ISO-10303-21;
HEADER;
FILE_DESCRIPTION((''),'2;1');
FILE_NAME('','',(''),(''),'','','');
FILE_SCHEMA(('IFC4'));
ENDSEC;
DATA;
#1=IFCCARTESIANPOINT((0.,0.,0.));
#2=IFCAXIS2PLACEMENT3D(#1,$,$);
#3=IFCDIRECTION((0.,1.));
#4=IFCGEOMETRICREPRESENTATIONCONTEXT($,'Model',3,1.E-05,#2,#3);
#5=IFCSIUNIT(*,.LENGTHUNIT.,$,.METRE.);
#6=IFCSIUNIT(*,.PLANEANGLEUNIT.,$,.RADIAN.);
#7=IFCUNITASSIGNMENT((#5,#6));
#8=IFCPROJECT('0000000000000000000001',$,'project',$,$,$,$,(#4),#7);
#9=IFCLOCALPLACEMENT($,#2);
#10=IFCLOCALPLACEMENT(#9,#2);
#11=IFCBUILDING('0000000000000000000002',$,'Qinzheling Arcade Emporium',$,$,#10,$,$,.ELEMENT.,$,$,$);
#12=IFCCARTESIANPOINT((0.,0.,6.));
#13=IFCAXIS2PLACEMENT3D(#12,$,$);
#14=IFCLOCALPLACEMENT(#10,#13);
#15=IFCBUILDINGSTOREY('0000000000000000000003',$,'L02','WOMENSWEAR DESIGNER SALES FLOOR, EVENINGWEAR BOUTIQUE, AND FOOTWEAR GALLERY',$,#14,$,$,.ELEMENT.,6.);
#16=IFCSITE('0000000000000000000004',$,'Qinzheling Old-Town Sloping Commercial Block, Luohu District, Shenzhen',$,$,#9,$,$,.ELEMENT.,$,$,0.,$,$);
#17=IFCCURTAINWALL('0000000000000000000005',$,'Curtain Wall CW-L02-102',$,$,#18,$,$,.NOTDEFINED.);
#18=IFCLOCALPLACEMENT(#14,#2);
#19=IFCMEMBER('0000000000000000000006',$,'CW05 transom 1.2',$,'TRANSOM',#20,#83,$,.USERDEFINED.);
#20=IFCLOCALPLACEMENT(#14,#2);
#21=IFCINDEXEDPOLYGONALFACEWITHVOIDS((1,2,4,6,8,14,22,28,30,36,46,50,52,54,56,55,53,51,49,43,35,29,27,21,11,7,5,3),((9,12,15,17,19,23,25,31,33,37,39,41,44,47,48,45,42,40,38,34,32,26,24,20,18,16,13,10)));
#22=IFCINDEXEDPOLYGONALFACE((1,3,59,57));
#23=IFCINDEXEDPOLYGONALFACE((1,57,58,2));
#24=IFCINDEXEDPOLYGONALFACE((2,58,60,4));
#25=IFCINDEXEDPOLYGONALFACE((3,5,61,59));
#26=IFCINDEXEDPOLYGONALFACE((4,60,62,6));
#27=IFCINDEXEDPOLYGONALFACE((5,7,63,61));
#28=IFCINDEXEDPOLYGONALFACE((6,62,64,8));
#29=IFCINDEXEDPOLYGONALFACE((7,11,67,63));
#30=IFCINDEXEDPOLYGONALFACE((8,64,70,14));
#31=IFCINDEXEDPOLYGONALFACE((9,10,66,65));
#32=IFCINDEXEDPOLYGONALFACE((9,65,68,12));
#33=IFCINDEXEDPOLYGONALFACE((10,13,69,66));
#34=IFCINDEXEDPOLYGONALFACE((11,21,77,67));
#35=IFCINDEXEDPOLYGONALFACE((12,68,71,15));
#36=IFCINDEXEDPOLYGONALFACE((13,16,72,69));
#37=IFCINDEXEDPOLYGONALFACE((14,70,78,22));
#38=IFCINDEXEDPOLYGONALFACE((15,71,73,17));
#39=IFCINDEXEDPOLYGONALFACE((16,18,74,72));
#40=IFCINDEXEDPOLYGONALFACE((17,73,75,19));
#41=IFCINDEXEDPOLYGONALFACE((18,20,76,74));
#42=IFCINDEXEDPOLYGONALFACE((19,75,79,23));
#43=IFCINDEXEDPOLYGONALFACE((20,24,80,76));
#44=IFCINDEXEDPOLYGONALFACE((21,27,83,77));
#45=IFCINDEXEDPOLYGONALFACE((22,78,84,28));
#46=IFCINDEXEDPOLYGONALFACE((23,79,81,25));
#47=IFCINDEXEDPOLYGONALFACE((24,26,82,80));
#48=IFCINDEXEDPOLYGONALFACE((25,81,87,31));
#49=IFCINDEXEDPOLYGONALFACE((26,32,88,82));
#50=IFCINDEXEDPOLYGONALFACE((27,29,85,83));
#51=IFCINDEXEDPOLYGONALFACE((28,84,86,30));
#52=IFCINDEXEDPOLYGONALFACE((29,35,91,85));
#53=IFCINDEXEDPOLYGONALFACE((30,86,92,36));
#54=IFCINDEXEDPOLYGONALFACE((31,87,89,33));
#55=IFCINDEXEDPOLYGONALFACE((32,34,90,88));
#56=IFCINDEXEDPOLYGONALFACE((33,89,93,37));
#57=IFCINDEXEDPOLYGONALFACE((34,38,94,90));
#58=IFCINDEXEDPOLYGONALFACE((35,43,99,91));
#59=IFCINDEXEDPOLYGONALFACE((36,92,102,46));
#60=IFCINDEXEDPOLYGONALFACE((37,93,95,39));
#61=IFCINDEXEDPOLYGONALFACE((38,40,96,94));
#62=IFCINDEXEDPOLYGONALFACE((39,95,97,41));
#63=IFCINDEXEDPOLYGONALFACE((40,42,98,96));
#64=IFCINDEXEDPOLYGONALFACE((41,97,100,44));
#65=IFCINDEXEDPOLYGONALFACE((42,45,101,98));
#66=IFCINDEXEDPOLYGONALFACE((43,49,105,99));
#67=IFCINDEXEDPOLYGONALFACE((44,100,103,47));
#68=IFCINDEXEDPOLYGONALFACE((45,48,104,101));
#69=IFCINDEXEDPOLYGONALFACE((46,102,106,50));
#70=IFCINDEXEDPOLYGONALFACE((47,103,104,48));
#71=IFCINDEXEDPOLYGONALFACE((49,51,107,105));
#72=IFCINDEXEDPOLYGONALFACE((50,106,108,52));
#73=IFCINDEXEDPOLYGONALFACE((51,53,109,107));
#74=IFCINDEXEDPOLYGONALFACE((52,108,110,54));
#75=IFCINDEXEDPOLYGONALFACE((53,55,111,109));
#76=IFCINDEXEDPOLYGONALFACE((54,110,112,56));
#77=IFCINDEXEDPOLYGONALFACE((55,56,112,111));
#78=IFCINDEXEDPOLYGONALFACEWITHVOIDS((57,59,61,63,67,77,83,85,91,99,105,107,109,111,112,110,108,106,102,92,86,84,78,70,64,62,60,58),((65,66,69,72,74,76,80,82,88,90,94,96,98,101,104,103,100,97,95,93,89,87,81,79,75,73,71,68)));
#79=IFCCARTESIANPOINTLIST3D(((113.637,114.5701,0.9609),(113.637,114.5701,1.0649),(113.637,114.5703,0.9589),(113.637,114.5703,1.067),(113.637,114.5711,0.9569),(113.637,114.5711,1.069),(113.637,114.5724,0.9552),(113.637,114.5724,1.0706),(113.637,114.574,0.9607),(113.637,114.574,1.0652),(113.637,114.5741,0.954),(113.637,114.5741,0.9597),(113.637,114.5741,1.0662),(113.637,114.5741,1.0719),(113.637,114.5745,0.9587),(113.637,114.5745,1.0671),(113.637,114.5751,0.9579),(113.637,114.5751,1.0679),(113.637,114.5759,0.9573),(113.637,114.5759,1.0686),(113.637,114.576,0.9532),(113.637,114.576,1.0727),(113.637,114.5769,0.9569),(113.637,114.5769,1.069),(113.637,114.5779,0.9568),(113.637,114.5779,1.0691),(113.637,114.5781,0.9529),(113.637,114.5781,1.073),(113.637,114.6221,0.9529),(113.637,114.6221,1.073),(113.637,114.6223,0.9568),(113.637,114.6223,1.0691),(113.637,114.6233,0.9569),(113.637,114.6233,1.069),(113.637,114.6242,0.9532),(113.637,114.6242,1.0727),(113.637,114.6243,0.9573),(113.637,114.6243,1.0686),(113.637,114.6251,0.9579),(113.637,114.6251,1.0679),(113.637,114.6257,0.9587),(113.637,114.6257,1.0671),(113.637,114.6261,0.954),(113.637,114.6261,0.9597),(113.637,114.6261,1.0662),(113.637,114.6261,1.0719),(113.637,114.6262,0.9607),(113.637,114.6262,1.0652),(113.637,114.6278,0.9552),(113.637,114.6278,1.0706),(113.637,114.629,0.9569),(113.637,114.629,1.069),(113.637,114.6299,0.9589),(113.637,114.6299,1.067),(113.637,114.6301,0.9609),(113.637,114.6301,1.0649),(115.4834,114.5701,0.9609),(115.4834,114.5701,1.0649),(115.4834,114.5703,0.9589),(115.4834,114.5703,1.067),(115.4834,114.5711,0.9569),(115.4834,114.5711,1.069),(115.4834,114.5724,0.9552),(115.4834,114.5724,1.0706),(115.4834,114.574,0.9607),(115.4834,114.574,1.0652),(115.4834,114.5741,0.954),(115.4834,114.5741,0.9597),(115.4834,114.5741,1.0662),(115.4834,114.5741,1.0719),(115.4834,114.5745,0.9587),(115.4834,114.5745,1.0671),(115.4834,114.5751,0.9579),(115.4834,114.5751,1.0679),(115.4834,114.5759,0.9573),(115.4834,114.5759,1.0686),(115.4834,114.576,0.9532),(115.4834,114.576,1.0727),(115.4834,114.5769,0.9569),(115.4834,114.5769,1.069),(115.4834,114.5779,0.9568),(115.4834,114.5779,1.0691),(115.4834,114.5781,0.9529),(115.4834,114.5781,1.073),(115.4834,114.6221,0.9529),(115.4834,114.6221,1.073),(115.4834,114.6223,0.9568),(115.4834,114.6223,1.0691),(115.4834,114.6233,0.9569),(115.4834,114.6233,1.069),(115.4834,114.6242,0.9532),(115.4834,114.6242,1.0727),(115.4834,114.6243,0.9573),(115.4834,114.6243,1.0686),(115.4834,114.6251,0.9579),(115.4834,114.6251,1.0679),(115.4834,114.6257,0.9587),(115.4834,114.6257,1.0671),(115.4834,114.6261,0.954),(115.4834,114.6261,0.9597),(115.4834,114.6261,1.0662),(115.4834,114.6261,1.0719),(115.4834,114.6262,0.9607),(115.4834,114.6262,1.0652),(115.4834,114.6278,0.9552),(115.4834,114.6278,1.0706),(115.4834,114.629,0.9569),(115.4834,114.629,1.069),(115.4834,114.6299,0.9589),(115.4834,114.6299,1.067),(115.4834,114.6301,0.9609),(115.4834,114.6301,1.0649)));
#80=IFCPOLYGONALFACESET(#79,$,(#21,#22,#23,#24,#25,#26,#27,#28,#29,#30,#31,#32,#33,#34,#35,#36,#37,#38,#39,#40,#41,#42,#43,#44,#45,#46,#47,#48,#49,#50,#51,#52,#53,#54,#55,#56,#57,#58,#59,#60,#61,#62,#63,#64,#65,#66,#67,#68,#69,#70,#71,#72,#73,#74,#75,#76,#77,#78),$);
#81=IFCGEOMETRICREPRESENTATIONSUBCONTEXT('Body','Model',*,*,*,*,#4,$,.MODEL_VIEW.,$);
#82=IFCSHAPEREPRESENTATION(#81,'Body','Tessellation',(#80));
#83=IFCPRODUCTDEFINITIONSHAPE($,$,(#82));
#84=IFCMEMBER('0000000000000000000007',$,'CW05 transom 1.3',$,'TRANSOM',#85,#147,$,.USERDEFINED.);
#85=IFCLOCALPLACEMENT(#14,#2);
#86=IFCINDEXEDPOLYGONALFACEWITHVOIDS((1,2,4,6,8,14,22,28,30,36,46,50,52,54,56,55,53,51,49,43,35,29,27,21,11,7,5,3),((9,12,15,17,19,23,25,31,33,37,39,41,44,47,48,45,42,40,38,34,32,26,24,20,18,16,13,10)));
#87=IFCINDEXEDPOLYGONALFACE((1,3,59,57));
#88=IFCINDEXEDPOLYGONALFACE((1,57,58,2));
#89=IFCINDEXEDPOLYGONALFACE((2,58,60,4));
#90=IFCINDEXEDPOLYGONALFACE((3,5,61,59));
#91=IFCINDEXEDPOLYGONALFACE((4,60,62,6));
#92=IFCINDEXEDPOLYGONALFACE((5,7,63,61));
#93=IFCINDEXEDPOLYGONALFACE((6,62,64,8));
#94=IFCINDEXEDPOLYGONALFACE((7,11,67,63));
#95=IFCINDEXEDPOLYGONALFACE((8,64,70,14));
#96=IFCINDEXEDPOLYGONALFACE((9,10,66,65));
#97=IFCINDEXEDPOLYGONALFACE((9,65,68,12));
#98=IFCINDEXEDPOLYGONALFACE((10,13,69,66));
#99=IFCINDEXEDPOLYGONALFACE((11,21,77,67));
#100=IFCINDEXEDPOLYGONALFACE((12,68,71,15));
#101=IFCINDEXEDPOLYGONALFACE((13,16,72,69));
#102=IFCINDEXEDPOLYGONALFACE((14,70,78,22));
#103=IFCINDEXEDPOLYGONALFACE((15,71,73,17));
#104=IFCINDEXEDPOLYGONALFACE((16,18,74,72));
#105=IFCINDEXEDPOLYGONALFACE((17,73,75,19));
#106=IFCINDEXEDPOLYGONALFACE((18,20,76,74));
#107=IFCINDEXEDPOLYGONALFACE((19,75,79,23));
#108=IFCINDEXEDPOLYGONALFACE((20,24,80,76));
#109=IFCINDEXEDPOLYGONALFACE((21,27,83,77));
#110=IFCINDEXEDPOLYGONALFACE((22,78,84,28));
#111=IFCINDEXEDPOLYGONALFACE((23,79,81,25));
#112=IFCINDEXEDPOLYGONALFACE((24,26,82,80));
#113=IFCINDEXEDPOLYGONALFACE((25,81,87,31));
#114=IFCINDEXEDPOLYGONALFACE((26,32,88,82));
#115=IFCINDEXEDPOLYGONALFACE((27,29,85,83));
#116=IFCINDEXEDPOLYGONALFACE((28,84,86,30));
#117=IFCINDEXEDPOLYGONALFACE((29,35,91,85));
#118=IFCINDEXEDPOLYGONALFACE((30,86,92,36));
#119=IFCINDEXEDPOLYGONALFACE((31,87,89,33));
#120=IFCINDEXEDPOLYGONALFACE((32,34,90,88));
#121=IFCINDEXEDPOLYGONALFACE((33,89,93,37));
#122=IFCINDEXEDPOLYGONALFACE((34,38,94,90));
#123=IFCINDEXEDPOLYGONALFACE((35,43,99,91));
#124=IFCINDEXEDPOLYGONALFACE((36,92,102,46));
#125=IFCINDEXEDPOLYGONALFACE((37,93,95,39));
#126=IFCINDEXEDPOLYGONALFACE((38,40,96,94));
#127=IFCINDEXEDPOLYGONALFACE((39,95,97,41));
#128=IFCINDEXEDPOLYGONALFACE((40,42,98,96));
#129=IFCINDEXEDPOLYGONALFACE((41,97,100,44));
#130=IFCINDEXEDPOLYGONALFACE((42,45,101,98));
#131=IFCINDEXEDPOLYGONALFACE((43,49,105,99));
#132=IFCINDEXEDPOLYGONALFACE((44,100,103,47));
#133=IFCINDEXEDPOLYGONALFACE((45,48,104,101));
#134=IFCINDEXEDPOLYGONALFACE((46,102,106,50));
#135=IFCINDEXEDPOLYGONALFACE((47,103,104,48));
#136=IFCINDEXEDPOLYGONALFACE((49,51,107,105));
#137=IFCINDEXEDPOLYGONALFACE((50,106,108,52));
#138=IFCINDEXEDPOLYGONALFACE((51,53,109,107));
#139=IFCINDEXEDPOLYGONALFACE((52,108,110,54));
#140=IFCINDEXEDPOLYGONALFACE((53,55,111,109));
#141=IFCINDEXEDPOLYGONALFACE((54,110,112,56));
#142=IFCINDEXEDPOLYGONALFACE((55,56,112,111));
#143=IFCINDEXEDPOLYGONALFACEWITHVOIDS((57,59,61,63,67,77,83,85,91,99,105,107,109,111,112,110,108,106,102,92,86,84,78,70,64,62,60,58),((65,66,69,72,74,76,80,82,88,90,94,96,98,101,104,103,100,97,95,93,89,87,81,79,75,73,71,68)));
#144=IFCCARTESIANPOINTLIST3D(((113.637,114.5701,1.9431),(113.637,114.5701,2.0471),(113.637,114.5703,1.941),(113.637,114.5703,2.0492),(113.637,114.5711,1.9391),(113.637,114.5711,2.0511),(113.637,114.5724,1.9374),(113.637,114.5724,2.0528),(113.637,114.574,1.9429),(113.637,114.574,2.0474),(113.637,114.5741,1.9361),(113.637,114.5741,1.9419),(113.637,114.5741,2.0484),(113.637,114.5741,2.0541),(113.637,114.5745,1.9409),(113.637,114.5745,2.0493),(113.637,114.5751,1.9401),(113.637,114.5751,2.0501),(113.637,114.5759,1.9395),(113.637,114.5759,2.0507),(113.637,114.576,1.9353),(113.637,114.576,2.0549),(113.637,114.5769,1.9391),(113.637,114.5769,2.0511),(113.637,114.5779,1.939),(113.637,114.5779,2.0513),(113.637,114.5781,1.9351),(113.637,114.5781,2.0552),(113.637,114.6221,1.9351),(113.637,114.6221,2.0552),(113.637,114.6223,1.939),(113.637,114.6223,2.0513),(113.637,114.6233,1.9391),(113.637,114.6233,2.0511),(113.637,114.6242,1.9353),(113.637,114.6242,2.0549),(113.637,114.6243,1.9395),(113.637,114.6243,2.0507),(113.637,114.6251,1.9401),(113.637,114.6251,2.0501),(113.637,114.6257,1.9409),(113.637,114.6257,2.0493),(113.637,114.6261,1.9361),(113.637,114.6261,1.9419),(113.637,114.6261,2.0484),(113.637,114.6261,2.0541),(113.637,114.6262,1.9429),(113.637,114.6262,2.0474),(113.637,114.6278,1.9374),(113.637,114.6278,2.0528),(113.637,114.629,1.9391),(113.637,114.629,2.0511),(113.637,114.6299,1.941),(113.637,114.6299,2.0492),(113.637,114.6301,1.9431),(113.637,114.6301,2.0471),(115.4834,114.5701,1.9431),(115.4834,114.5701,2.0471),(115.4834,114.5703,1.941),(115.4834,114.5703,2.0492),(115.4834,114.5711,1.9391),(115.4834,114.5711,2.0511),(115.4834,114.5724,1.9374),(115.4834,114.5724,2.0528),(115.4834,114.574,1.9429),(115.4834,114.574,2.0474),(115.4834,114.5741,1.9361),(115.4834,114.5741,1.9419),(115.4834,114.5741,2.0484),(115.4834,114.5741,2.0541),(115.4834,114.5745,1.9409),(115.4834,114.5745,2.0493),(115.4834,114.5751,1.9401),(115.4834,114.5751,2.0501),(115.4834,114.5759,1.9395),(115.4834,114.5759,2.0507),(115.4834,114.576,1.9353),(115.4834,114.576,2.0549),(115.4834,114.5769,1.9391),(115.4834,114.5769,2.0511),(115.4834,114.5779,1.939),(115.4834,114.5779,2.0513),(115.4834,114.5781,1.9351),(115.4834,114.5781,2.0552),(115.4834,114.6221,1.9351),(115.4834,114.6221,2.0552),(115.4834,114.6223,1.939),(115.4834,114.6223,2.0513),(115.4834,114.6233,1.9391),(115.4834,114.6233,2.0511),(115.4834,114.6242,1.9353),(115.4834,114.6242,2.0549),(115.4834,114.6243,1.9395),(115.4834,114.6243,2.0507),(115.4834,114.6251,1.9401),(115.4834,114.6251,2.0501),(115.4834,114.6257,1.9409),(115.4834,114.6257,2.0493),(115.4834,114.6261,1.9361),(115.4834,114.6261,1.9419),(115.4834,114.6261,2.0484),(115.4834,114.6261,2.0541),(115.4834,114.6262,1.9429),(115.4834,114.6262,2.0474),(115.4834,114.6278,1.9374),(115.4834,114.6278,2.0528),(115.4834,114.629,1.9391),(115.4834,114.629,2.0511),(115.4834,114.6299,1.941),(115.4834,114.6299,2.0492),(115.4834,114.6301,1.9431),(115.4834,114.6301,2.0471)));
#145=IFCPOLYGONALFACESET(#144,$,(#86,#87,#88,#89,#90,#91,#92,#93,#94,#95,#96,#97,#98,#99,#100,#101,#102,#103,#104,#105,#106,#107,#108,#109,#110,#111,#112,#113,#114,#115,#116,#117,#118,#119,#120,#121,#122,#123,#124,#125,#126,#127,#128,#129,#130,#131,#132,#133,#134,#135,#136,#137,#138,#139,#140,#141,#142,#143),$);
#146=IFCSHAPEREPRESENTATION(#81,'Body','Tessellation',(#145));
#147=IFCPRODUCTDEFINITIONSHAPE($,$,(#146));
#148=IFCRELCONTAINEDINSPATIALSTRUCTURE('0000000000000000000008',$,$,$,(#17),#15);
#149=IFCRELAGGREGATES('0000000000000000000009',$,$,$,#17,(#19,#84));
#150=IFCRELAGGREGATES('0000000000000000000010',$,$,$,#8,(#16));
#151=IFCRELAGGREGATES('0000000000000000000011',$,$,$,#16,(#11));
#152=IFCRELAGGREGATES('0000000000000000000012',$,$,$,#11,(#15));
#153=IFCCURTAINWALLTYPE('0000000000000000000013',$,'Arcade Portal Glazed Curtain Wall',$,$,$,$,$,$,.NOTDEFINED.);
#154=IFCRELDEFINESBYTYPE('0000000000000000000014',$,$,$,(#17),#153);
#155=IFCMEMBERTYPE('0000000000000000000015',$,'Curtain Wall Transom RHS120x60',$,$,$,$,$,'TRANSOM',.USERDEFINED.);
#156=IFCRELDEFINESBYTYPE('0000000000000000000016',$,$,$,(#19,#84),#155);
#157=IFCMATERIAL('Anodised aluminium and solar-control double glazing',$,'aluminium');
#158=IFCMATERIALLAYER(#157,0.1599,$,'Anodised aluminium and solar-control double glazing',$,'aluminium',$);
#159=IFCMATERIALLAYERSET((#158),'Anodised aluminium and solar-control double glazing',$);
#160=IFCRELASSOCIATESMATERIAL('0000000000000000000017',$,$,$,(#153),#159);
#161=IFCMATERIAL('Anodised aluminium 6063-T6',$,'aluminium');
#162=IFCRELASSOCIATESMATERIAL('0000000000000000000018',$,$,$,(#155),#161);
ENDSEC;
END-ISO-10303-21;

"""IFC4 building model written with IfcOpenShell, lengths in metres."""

from ifc_helpers import new_model, si_unit, direction, frame, origin, origin_2d, place, context, subcontext, project, spatial, hollow_rectangle, extrude, material, layer, layer_set, material_profile, profile_set, type_object, element, aggregate, save


model = new_model("IFC4")

# Units and contexts
model_context = context("Model", 3, precision=1e-05, world=origin(), true_north=direction((0.0, 1.0)))
body_context = subcontext(model_context, "Body", "Model", "MODEL_VIEW")
ifc_project = project(units=[si_unit("LENGTHUNIT", "METRE"), si_unit("PLANEANGLEUNIT", "RADIAN")], contexts=[model_context])

# Site, building, storey
site_placement = place(None, origin())
site = spatial("IfcSite", under=ifc_project, at=site_placement, Name="Qinzheling Old-Town Sloping Commercial Block, Luohu District, Shenzhen", CompositionType="ELEMENT", RefElevation=0.0)
building_placement = place(site_placement, origin())
building = spatial("IfcBuilding", under=site, at=building_placement, Name="Qinzheling Arcade Emporium", CompositionType="ELEMENT")
storey_placement = place(building_placement, frame((0.0, 0.0, 6.0)))
storey = spatial("IfcBuildingStorey", under=building, at=storey_placement, Name="L02", Description="WOMENSWEAR DESIGNER SALES FLOOR, EVENINGWEAR BOUTIQUE, AND FOOTWEAR GALLERY", CompositionType="ELEMENT", Elevation=6.0)

# Curtain wall, members
ifc_material_1 = material(Name="Anodised aluminium and solar-control double glazing", Category="aluminium")
ifc_layer_1 = layer(ifc_material_1, 0.1599, Name="Anodised aluminium and solar-control double glazing", Category="aluminium")
ifc_layer_set_1 = layer_set([ifc_layer_1], Name="Anodised aluminium and solar-control double glazing")
curtain_wall_type = type_object("IfcCurtainWallType", Name="Arcade Portal Glazed Curtain Wall", PredefinedType="NOTDEFINED", material=ifc_layer_set_1)
curtain_wall_placement = place(storey_placement, origin())
curtain_wall = element("IfcCurtainWall", 1, at=curtain_wall_placement, inside=storey, type_object=curtain_wall_type, Name="Curtain Wall CW-L02-102", PredefinedType="NOTDEFINED")
ifc_material_2 = material(Name="Anodised aluminium 6063-T6", Category="aluminium")
ifc_material_profile_1 = material_profile(ifc_material_2, hollow_rectangle(XDim=0.0601, YDim=0.1201, WallThickness=0.0039, InnerFilletRadius=0.0039, OuterFilletRadius=0.0081, at=origin_2d()), Name="RHS 120x60x4", Category="aluminium")
ifc_profile_set_1 = profile_set([ifc_material_profile_1], Name="Anodised aluminium 6063-T6")
member_type_1 = type_object("IfcMemberType", Name="Curtain Wall Transom RHS120x60", ElementType="TRANSOM", PredefinedType="USERDEFINED", material=ifc_profile_set_1)
member_1_placement = place(storey_placement, frame((113.637, 114.6001, 1.0129), z_axis=(1.0, 0.0, 0.0), x_axis=(0.0, 1.0, 0.0)))
member_1 = element("IfcMember", 2, at=member_1_placement, type_object=member_type_1, Name="CW05 transom 1.2", ObjectType="TRANSOM", PredefinedType="USERDEFINED", context=body_context, shape_type="SweptSolid", body=[
    extrude(hollow_rectangle(XDim=0.0601, YDim=0.1201, WallThickness=0.0039, InnerFilletRadius=0.0039, OuterFilletRadius=0.0081, at=origin_2d()), origin(), (0.0, 0.0, 1.0), 1.8464),
])
member_2_placement = place(storey_placement, frame((113.637, 114.6001, 1.9951), z_axis=(1.0, 0.0, 0.0), x_axis=(0.0, 1.0, 0.0)))
member_2 = element("IfcMember", 3, at=member_2_placement, type_object=member_type_1, Name="CW05 transom 1.3", ObjectType="TRANSOM", PredefinedType="USERDEFINED", context=body_context, shape_type="SweptSolid", body=[
    extrude(hollow_rectangle(XDim=0.0601, YDim=0.1201, WallThickness=0.0039, InnerFilletRadius=0.0039, OuterFilletRadius=0.0081, at=origin_2d()), origin(), (0.0, 0.0, 1.0), 1.8464),
])

aggregate(curtain_wall, [member_1, member_2])

save(model, "model.ifc")
